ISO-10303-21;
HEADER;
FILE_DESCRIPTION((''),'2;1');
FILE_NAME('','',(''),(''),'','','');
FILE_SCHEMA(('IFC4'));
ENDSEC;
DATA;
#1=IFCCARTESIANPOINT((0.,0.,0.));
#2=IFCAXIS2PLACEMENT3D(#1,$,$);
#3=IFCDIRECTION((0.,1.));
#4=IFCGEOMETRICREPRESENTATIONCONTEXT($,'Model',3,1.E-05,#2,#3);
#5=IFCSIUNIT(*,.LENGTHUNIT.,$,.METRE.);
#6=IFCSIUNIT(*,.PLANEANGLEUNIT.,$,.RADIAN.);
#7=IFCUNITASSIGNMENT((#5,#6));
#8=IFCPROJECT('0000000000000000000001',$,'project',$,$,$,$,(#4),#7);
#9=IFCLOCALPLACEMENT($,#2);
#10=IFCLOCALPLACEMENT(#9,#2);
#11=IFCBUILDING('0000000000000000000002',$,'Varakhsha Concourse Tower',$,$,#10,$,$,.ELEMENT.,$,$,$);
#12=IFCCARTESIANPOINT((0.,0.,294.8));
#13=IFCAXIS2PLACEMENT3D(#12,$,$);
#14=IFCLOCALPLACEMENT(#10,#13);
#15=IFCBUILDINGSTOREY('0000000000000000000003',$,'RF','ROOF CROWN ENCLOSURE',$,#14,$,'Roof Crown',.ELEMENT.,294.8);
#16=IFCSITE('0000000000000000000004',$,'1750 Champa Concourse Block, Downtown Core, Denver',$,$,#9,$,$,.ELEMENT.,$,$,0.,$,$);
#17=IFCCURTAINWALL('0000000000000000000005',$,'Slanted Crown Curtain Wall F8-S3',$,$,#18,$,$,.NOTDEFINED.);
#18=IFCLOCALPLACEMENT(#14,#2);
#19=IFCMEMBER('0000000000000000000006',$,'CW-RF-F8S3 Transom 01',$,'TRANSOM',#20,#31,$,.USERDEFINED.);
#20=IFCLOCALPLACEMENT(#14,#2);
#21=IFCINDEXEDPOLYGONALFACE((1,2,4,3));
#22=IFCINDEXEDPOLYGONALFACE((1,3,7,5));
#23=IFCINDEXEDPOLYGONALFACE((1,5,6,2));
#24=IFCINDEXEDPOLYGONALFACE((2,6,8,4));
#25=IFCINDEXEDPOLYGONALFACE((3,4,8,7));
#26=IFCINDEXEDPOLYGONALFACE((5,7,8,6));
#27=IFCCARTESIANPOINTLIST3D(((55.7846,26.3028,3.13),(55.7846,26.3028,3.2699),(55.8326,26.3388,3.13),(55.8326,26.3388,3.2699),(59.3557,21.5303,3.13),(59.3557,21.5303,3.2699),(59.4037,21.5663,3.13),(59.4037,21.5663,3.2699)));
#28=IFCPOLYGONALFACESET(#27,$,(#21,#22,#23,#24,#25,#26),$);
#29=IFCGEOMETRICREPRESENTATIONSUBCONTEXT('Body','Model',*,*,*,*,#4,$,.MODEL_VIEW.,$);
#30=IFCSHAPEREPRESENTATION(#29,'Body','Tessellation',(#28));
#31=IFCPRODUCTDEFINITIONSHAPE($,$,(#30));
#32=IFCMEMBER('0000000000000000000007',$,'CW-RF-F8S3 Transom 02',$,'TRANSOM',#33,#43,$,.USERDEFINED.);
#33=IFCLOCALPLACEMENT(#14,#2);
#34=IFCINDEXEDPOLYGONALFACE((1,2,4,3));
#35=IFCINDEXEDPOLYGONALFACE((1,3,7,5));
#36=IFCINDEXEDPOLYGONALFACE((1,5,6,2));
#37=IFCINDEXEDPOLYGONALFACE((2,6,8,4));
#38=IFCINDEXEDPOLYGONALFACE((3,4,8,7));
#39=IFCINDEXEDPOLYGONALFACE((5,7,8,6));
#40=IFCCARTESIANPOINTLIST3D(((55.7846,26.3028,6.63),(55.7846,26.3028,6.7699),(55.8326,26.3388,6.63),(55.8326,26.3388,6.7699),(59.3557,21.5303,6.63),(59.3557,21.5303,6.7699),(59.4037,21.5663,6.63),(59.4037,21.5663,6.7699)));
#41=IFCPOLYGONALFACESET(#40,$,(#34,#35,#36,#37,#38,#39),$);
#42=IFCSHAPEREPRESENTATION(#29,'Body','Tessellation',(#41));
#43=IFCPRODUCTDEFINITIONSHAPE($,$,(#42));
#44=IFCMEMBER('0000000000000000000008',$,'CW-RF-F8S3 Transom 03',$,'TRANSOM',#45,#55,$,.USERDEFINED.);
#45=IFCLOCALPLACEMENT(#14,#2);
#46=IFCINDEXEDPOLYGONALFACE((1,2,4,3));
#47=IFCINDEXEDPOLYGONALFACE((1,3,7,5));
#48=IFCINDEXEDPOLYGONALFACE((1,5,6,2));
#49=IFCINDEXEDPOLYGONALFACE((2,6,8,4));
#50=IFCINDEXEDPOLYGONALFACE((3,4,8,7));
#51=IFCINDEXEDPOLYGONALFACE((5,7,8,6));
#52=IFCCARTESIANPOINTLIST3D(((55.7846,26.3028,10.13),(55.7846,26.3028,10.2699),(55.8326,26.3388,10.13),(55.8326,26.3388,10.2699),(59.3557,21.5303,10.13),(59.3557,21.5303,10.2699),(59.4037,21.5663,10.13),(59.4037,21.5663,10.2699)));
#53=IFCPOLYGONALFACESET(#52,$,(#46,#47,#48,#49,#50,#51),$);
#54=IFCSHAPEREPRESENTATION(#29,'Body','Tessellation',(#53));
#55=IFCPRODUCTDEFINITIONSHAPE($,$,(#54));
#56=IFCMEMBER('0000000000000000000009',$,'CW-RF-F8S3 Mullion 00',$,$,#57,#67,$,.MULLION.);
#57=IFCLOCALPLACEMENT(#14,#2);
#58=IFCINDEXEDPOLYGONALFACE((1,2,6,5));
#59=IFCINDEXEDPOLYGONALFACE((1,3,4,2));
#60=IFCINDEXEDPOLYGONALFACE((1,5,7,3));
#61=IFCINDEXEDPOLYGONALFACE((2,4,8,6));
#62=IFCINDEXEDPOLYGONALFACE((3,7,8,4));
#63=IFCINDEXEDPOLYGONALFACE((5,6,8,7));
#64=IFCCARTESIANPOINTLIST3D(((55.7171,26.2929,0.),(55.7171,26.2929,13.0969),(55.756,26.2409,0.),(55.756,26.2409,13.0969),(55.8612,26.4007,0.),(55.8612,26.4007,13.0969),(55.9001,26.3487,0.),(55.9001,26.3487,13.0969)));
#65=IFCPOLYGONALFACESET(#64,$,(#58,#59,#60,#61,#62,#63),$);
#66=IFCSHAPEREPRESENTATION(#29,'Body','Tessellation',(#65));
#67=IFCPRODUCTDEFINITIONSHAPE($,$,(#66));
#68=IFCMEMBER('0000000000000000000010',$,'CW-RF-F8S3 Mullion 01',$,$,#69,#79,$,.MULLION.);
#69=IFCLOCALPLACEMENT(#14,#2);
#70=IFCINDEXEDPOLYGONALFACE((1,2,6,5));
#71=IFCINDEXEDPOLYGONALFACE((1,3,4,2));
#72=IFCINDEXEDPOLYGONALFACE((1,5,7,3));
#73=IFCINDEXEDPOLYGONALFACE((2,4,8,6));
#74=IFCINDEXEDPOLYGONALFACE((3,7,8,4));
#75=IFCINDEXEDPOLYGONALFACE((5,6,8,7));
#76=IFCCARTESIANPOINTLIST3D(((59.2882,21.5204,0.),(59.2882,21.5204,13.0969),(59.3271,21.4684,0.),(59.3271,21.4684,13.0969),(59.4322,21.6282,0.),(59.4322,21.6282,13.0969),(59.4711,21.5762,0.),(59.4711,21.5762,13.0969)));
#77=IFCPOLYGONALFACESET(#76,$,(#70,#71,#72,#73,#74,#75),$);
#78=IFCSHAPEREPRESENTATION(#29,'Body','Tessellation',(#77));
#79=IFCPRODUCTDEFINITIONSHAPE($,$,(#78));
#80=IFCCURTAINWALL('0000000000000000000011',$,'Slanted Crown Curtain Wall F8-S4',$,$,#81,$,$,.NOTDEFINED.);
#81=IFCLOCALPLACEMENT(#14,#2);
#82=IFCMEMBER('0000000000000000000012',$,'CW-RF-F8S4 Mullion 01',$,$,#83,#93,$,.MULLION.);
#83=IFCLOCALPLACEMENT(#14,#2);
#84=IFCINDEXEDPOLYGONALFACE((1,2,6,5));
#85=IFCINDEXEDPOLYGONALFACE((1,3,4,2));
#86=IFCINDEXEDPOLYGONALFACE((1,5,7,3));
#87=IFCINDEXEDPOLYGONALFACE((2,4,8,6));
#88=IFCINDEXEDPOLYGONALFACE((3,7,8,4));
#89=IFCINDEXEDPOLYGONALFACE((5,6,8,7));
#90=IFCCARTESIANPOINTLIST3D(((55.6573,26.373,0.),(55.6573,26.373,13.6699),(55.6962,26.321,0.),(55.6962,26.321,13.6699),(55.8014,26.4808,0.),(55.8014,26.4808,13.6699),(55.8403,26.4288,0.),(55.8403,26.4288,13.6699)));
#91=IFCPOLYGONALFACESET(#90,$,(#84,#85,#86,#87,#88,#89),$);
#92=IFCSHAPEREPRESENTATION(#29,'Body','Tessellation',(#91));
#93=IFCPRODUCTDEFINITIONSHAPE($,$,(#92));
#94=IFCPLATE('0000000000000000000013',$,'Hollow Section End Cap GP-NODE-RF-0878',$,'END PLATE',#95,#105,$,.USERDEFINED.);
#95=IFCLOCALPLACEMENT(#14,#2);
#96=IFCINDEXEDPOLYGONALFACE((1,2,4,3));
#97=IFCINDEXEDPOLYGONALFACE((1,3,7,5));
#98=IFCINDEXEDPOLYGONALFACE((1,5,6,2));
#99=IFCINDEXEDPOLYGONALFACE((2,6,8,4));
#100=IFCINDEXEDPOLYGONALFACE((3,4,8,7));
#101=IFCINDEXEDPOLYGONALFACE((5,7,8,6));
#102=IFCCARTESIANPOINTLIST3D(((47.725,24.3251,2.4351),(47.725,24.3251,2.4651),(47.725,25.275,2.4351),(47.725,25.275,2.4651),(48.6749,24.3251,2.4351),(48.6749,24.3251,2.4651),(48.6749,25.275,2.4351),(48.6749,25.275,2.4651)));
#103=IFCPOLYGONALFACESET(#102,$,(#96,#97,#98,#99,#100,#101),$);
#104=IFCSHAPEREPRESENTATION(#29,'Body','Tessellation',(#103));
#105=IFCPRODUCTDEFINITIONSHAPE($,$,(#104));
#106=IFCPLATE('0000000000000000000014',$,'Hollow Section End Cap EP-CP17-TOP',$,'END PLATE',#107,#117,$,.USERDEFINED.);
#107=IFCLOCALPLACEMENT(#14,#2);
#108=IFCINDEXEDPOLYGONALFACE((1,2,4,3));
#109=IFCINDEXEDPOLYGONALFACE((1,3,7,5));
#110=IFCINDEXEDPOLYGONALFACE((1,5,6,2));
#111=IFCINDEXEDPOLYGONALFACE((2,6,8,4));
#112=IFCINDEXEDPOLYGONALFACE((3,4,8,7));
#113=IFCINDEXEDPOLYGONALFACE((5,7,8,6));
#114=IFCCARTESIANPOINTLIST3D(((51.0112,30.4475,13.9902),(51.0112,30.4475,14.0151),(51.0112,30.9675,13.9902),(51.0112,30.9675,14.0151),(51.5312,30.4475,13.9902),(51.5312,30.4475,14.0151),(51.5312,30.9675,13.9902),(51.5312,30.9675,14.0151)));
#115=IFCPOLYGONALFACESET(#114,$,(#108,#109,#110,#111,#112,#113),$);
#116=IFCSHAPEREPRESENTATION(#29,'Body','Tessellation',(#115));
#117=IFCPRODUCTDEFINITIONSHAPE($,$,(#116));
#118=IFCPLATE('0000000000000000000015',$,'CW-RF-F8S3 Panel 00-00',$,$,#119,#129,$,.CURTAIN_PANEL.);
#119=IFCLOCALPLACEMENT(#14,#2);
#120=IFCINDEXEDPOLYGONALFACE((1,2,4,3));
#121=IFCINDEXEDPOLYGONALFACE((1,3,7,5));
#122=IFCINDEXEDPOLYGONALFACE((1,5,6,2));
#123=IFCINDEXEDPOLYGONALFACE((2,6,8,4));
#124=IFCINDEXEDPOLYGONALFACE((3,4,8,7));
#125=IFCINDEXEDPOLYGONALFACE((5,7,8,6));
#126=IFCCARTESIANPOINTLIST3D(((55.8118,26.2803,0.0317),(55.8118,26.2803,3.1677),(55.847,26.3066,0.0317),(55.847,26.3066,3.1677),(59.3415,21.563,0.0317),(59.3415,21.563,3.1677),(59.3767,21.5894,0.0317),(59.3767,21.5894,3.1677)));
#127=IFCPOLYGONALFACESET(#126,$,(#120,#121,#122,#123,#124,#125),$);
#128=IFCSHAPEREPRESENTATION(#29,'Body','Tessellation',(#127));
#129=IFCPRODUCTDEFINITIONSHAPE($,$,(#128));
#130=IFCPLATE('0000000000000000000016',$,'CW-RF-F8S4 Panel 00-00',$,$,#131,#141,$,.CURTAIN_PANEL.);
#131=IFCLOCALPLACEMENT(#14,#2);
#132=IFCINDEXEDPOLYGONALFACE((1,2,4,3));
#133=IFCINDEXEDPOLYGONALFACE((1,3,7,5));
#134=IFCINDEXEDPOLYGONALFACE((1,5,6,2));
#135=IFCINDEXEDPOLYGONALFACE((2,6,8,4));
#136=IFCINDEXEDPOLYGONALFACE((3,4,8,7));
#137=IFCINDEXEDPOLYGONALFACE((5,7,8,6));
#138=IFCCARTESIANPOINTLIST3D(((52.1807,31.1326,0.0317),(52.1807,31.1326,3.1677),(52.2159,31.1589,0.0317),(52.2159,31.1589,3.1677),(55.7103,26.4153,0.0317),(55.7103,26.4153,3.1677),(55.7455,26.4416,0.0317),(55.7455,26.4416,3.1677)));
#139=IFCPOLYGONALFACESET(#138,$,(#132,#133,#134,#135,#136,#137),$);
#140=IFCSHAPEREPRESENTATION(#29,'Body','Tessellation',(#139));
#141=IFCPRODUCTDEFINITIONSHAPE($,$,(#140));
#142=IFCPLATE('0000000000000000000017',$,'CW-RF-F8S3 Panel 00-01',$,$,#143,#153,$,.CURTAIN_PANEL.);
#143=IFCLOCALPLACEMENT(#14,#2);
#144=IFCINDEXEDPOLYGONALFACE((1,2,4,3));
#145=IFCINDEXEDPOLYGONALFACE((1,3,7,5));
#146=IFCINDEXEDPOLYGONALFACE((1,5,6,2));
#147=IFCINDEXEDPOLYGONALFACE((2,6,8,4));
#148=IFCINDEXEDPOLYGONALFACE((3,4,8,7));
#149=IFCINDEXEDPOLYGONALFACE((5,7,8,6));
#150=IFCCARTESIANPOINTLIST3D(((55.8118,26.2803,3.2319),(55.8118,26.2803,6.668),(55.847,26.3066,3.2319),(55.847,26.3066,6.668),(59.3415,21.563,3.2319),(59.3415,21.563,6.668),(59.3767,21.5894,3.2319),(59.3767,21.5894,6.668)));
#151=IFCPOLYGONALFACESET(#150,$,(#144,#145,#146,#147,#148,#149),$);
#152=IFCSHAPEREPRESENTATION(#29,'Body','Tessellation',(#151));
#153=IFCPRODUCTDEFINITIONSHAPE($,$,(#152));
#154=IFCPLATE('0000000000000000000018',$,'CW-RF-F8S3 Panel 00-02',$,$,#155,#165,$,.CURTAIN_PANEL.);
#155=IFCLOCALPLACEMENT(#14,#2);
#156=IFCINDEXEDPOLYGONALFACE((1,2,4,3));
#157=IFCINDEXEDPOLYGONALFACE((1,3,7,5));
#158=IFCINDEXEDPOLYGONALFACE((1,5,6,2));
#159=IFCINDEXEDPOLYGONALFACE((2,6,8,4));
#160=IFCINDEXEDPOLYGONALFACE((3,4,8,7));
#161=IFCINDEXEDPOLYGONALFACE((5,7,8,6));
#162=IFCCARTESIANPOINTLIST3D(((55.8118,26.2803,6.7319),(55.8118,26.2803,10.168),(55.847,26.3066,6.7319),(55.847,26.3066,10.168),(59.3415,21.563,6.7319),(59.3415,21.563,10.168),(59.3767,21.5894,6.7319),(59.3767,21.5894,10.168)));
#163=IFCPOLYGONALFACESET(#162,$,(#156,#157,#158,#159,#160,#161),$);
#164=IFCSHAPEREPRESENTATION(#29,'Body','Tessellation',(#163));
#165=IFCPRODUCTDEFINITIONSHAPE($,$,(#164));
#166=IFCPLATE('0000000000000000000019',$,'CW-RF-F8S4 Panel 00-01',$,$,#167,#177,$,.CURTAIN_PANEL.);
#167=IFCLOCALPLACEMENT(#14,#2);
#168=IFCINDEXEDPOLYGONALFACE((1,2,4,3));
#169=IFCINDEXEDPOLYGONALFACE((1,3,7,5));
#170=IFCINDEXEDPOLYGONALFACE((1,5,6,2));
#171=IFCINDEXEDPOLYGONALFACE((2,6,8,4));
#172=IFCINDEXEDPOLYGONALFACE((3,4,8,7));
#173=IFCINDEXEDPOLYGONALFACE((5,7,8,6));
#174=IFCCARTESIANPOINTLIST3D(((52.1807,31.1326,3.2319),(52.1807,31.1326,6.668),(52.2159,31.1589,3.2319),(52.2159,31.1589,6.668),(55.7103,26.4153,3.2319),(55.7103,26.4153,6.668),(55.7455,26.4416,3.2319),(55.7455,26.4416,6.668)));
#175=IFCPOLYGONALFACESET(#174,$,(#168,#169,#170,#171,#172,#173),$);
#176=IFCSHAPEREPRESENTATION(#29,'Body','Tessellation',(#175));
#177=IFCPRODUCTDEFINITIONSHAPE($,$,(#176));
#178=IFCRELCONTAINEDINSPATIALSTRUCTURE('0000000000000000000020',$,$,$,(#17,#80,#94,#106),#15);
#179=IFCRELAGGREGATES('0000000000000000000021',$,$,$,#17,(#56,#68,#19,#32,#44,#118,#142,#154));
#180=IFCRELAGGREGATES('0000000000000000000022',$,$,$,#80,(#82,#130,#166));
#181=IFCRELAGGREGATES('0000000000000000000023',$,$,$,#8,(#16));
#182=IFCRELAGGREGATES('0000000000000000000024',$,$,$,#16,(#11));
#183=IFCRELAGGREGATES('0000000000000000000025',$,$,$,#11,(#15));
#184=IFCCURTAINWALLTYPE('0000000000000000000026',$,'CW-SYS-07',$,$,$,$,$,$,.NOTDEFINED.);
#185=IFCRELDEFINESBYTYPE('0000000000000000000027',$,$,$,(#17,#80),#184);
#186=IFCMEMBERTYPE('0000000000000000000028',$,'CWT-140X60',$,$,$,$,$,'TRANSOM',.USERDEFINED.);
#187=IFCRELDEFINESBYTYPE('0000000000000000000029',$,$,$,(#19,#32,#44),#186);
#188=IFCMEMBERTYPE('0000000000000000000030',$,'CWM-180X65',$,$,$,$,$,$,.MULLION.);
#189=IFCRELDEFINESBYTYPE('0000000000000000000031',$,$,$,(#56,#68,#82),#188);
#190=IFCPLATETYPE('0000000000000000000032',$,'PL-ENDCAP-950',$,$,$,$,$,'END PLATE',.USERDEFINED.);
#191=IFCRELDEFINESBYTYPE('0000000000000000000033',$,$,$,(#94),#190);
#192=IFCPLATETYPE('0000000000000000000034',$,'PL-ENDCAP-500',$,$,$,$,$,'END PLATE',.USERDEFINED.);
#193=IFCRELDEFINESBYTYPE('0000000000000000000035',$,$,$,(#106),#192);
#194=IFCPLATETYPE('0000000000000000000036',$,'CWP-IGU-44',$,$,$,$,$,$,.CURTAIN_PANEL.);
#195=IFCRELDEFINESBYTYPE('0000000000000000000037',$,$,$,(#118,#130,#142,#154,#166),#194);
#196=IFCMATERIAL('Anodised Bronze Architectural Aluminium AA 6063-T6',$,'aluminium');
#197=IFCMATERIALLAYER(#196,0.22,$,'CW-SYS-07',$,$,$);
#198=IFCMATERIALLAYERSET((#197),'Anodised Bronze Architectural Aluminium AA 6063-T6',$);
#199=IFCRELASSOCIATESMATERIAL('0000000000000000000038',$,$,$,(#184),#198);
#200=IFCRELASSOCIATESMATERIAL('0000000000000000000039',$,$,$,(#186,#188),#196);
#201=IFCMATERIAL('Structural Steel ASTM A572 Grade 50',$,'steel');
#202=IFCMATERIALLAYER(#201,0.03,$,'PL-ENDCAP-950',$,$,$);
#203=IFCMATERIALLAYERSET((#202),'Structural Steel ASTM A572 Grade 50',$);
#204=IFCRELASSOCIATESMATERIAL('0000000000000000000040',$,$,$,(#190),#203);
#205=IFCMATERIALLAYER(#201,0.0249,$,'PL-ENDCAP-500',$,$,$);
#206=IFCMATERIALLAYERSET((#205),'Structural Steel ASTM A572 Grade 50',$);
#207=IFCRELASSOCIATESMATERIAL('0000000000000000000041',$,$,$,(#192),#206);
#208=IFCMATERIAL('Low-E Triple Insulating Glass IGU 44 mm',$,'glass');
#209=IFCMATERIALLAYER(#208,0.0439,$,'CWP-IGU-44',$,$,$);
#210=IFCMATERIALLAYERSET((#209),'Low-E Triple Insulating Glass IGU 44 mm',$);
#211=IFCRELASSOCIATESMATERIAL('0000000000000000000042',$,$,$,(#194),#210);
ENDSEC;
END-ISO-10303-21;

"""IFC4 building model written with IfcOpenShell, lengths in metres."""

from ifc_helpers import new_model, si_unit, direction, frame, origin, origin_2d, place, context, subcontext, project, spatial, rectangle, extrude, source, transform, mapped, material, layer, layer_set, material_profile, profile_set, type_object, type_shapes, element, aggregate, save


model = new_model("IFC4")

# Units and contexts
model_context = context("Model", 3, precision=1e-05, world=origin(), true_north=direction((0.0, 1.0)))
body_context = subcontext(model_context, "Body", "Model", "MODEL_VIEW")
ifc_project = project(units=[si_unit("LENGTHUNIT", "METRE"), si_unit("PLANEANGLEUNIT", "RADIAN")], contexts=[model_context])

# Site, building, storey
site_placement = place(None, origin())
site = spatial("IfcSite", under=ifc_project, at=site_placement, Name="1750 Champa Concourse Block, Downtown Core, Denver", CompositionType="ELEMENT", RefElevation=0.0)
building_placement = place(site_placement, origin())
building = spatial("IfcBuilding", under=site, at=building_placement, Name="Varakhsha Concourse Tower", CompositionType="ELEMENT")
storey_placement = place(building_placement, frame((0.0, 0.0, 294.8)))
storey = spatial("IfcBuildingStorey", under=building, at=storey_placement, Name="RF", Description="ROOF CROWN ENCLOSURE", LongName="Roof Crown", CompositionType="ELEMENT", Elevation=294.8)

# Shared definitions
ifc_material_1 = material(Name="Structural Steel ASTM A572 Grade 50", Category="steel")

# Curtain wall, members
ifc_material_2 = material(Name="Anodised Bronze Architectural Aluminium AA 6063-T6", Category="aluminium")
ifc_layer_1 = layer(ifc_material_2, 0.22, Name="CW-SYS-07")
ifc_layer_set_1 = layer_set([ifc_layer_1], Name="Anodised Bronze Architectural Aluminium AA 6063-T6")
curtain_wall_type = type_object("IfcCurtainWallType", Name="CW-SYS-07", PredefinedType="NOTDEFINED", material=ifc_layer_set_1)
curtain_wall_1_placement = place(storey_placement, origin())
curtain_wall_1 = element("IfcCurtainWall", 1, at=curtain_wall_1_placement, inside=storey, type_object=curtain_wall_type, Name="Slanted Crown Curtain Wall F8-S3", PredefinedType="NOTDEFINED")
ifc_material_profile_1 = material_profile(ifc_material_2, rectangle(XDim=0.0601, YDim=0.1399, at=origin_2d()), Name="CWT-140X60")
ifc_profile_set_1 = profile_set([ifc_material_profile_1], Name="Anodised Bronze Architectural Aluminium AA 6063-T6")
member_type_1 = type_object("IfcMemberType", Name="CWT-140X60", ElementType="TRANSOM", PredefinedType="USERDEFINED", material=ifc_profile_set_1)
shared_shape_1 = source(origin(), body_context, "Body", "SweptSolid", [
    extrude(rectangle(XDim=0.0601, YDim=0.1399, at=origin_2d()), origin(), (0.0, 0.0, 1.0), 5.9607),
])
type_shapes(member_type_1, [shared_shape_1])
member_1_placement = place(storey_placement, frame((55.8086, 26.3208, 3.2), z_axis=(0.599108, -0.800668, 0.0), x_axis=(0.800668, 0.599108, 0.0)))
member_1 = element("IfcMember", 2, at=member_1_placement, type_object=member_type_1, Name="CW-RF-F8S3 Transom 01", ObjectType="TRANSOM", PredefinedType="USERDEFINED", context=body_context, shape_type="MappedRepresentation", body=[
    mapped(shared_shape_1, transform((0.0, 0.0, 0.0), scale=1.0)),
])
member_2_placement = place(storey_placement, frame((55.8086, 26.3208, 6.7), z_axis=(0.599108, -0.800668, 0.0), x_axis=(0.800668, 0.599108, 0.0)))
member_2 = element("IfcMember", 3, at=member_2_placement, type_object=member_type_1, Name="CW-RF-F8S3 Transom 02", ObjectType="TRANSOM", PredefinedType="USERDEFINED", context=body_context, shape_type="MappedRepresentation", body=[
    mapped(shared_shape_1, transform((0.0, 0.0, 0.0), scale=1.0)),
])
member_3_placement = place(storey_placement, frame((55.8086, 26.3208, 10.2), z_axis=(0.599108, -0.800668, 0.0), x_axis=(0.800668, 0.599108, 0.0)))
member_3 = element("IfcMember", 4, at=member_3_placement, type_object=member_type_1, Name="CW-RF-F8S3 Transom 03", ObjectType="TRANSOM", PredefinedType="USERDEFINED", context=body_context, shape_type="MappedRepresentation", body=[
    mapped(shared_shape_1, transform((0.0, 0.0, 0.0), scale=1.0)),
])
ifc_material_profile_2 = material_profile(ifc_material_2, rectangle(XDim=0.0649, YDim=0.1799, at=origin_2d()), Name="CWM-180X65")
ifc_profile_set_2 = profile_set([ifc_material_profile_2], Name="Anodised Bronze Architectural Aluminium AA 6063-T6")
member_type_2 = type_object("IfcMemberType", Name="CWM-180X65", PredefinedType="MULLION", material=ifc_profile_set_2)
shared_shape_2 = source(origin(), body_context, "Body", "SweptSolid", [
    extrude(rectangle(XDim=0.0649, YDim=0.1799, at=origin_2d()), origin(), (0.0, 0.0, 1.0), 13.0969),
])
member_4_placement = place(storey_placement, frame((55.8086, 26.3208, 0.0), z_axis=(0.0, 0.0, 1.0), x_axis=(0.5991, -0.800674, 0.0)))
member_4 = element("IfcMember", 5, at=member_4_placement, type_object=member_type_2, Name="CW-RF-F8S3 Mullion 00", PredefinedType="MULLION", context=body_context, shape_type="MappedRepresentation", body=[
    mapped(shared_shape_2, transform((0.0, 0.0, 0.0), scale=1.0)),
])
member_5_placement = place(storey_placement, frame((59.3796, 21.5483, 0.0), z_axis=(0.0, 0.0, 1.0), x_axis=(0.5991, -0.800674, 0.0)))
member_5 = element("IfcMember", 6, at=member_5_placement, type_object=member_type_2, Name="CW-RF-F8S3 Mullion 01", PredefinedType="MULLION", context=body_context, shape_type="MappedRepresentation", body=[
    mapped(shared_shape_2, transform((0.0, 0.0, 0.0), scale=1.0)),
])

# Curtain wall, member
curtain_wall_2_placement = place(storey_placement, origin())
curtain_wall_2 = element("IfcCurtainWall", 7, at=curtain_wall_2_placement, inside=storey, type_object=curtain_wall_type, Name="Slanted Crown Curtain Wall F8-S4", PredefinedType="NOTDEFINED")
shared_shape_3 = source(origin(), body_context, "Body", "SweptSolid", [
    extrude(rectangle(XDim=0.0649, YDim=0.1799, at=origin_2d()), origin(), (0.0, 0.0, 1.0), 13.6699),
])
type_shapes(member_type_2, [shared_shape_2, shared_shape_3])
member_6_placement = place(storey_placement, frame((55.7488, 26.4009, 0.0), z_axis=(0.0, 0.0, 1.0), x_axis=(0.599092, -0.80068, 0.0)))
member_6 = element("IfcMember", 8, at=member_6_placement, type_object=member_type_2, Name="CW-RF-F8S4 Mullion 01", PredefinedType="MULLION", context=body_context, shape_type="MappedRepresentation", body=[
    mapped(shared_shape_3, transform((0.0, 0.0, 0.0), scale=1.0)),
])

# Plates
ifc_layer_2 = layer(ifc_material_1, 0.03, Name="PL-ENDCAP-950")
ifc_layer_set_2 = layer_set([ifc_layer_2], Name="Structural Steel ASTM A572 Grade 50")
plate_type_1 = type_object("IfcPlateType", Name="PL-ENDCAP-950", ElementType="END PLATE", PredefinedType="USERDEFINED", material=ifc_layer_set_2)
shared_shape_4 = source(origin(), body_context, "Body", "SweptSolid", [
    extrude(rectangle(XDim=0.95, YDim=0.95, at=origin_2d()), origin(), (0.0, 0.0, 1.0), 0.03),
])
type_shapes(plate_type_1, [shared_shape_4])
plate_1_placement = place(storey_placement, frame((48.2, 24.8, 2.4351), z_axis=(0.0, 0.0, 1.0), x_axis=(1.0, 0.0, 0.0)))
element("IfcPlate", 9, at=plate_1_placement, inside=storey, type_object=plate_type_1, Name="Hollow Section End Cap GP-NODE-RF-0878", ObjectType="END PLATE", PredefinedType="USERDEFINED", context=body_context, shape_type="MappedRepresentation", body=[
    mapped(shared_shape_4, transform((0.0, 0.0, 0.0), scale=1.0)),
])
ifc_layer_3 = layer(ifc_material_1, 0.0249, Name="PL-ENDCAP-500")
ifc_layer_set_3 = layer_set([ifc_layer_3], Name="Structural Steel ASTM A572 Grade 50")
plate_type_2 = type_object("IfcPlateType", Name="PL-ENDCAP-500", ElementType="END PLATE", PredefinedType="USERDEFINED", material=ifc_layer_set_3)
shared_shape_5 = source(origin(), body_context, "Body", "SweptSolid", [
    extrude(rectangle(XDim=0.52, YDim=0.52, at=origin_2d()), origin(), (0.0, 0.0, 1.0), 0.0249),
])
type_shapes(plate_type_2, [shared_shape_5])
plate_2_placement = place(storey_placement, frame((51.2712, 30.7075, 13.9902), z_axis=(0.0, 0.0, 1.0), x_axis=(1.0, 0.0, 0.0)))
element("IfcPlate", 10, at=plate_2_placement, inside=storey, type_object=plate_type_2, Name="Hollow Section End Cap EP-CP17-TOP", ObjectType="END PLATE", PredefinedType="USERDEFINED", context=body_context, shape_type="MappedRepresentation", body=[
    mapped(shared_shape_5, transform((0.0, 0.0, 0.0), scale=1.0)),
])

# Plates
ifc_material_3 = material(Name="Low-E Triple Insulating Glass IGU 44 mm", Category="glass")
ifc_layer_4 = layer(ifc_material_3, 0.0439, Name="CWP-IGU-44")
ifc_layer_set_4 = layer_set([ifc_layer_4], Name="Low-E Triple Insulating Glass IGU 44 mm")
plate_type_3 = type_object("IfcPlateType", Name="CWP-IGU-44", PredefinedType="CURTAIN_PANEL", material=ifc_layer_set_4)
shared_shape_6 = source(origin(), body_context, "Body", "SweptSolid", [
    extrude(rectangle(XDim=5.8916, YDim=0.0439, at=origin_2d()), origin(), (0.0, 0.0, 1.0), 3.136),
])
plate_3_placement = place(storey_placement, frame((57.5942, 23.9348, 0.0317), z_axis=(0.0, 0.0, 1.0), x_axis=(0.5991, -0.800674, 0.0)))
plate_3 = element("IfcPlate", 11, at=plate_3_placement, type_object=plate_type_3, Name="CW-RF-F8S3 Panel 00-00", PredefinedType="CURTAIN_PANEL", context=body_context, shape_type="MappedRepresentation", body=[
    mapped(shared_shape_6, transform((0.0, 0.0, 0.0), scale=1.0)),
])
plate_4_placement = place(storey_placement, frame((53.9631, 28.7871, 0.0317), z_axis=(0.0, 0.0, 1.0), x_axis=(0.599092, -0.80068, 0.0)))
plate_4 = element("IfcPlate", 12, at=plate_4_placement, type_object=plate_type_3, Name="CW-RF-F8S4 Panel 00-00", PredefinedType="CURTAIN_PANEL", context=body_context, shape_type="MappedRepresentation", body=[
    mapped(shared_shape_6, transform((0.0, 0.0, 0.0), scale=1.0)),
])
shared_shape_7 = source(origin(), body_context, "Body", "SweptSolid", [
    extrude(rectangle(XDim=5.8916, YDim=0.0439, at=origin_2d()), origin(), (0.0, 0.0, 1.0), 3.436),
])
type_shapes(plate_type_3, [shared_shape_6, shared_shape_7])
plate_5_placement = place(storey_placement, frame((57.5942, 23.9348, 3.2319), z_axis=(0.0, 0.0, 1.0), x_axis=(0.5991, -0.800674, 0.0)))
plate_5 = element("IfcPlate", 13, at=plate_5_placement, type_object=plate_type_3, Name="CW-RF-F8S3 Panel 00-01", PredefinedType="CURTAIN_PANEL", context=body_context, shape_type="MappedRepresentation", body=[
    mapped(shared_shape_7, transform((0.0, 0.0, 0.0), scale=1.0)),
])
plate_6_placement = place(storey_placement, frame((57.5942, 23.9348, 6.7319), z_axis=(0.0, 0.0, 1.0), x_axis=(0.5991, -0.800674, 0.0)))
plate_6 = element("IfcPlate", 14, at=plate_6_placement, type_object=plate_type_3, Name="CW-RF-F8S3 Panel 00-02", PredefinedType="CURTAIN_PANEL", context=body_context, shape_type="MappedRepresentation", body=[
    mapped(shared_shape_7, transform((0.0, 0.0, 0.0), scale=1.0)),
])
plate_7_placement = place(storey_placement, frame((53.9631, 28.7871, 3.2319), z_axis=(0.0, 0.0, 1.0), x_axis=(0.599092, -0.80068, 0.0)))
plate_7 = element("IfcPlate", 15, at=plate_7_placement, type_object=plate_type_3, Name="CW-RF-F8S4 Panel 00-01", PredefinedType="CURTAIN_PANEL", context=body_context, shape_type="MappedRepresentation", body=[
    mapped(shared_shape_7, transform((0.0, 0.0, 0.0), scale=1.0)),
])

aggregate(curtain_wall_1, [member_4, member_5, member_1, member_2, member_3, plate_3, plate_5, plate_6])
aggregate(curtain_wall_2, [member_6, plate_4, plate_7])

save(model, "model.ifc")
